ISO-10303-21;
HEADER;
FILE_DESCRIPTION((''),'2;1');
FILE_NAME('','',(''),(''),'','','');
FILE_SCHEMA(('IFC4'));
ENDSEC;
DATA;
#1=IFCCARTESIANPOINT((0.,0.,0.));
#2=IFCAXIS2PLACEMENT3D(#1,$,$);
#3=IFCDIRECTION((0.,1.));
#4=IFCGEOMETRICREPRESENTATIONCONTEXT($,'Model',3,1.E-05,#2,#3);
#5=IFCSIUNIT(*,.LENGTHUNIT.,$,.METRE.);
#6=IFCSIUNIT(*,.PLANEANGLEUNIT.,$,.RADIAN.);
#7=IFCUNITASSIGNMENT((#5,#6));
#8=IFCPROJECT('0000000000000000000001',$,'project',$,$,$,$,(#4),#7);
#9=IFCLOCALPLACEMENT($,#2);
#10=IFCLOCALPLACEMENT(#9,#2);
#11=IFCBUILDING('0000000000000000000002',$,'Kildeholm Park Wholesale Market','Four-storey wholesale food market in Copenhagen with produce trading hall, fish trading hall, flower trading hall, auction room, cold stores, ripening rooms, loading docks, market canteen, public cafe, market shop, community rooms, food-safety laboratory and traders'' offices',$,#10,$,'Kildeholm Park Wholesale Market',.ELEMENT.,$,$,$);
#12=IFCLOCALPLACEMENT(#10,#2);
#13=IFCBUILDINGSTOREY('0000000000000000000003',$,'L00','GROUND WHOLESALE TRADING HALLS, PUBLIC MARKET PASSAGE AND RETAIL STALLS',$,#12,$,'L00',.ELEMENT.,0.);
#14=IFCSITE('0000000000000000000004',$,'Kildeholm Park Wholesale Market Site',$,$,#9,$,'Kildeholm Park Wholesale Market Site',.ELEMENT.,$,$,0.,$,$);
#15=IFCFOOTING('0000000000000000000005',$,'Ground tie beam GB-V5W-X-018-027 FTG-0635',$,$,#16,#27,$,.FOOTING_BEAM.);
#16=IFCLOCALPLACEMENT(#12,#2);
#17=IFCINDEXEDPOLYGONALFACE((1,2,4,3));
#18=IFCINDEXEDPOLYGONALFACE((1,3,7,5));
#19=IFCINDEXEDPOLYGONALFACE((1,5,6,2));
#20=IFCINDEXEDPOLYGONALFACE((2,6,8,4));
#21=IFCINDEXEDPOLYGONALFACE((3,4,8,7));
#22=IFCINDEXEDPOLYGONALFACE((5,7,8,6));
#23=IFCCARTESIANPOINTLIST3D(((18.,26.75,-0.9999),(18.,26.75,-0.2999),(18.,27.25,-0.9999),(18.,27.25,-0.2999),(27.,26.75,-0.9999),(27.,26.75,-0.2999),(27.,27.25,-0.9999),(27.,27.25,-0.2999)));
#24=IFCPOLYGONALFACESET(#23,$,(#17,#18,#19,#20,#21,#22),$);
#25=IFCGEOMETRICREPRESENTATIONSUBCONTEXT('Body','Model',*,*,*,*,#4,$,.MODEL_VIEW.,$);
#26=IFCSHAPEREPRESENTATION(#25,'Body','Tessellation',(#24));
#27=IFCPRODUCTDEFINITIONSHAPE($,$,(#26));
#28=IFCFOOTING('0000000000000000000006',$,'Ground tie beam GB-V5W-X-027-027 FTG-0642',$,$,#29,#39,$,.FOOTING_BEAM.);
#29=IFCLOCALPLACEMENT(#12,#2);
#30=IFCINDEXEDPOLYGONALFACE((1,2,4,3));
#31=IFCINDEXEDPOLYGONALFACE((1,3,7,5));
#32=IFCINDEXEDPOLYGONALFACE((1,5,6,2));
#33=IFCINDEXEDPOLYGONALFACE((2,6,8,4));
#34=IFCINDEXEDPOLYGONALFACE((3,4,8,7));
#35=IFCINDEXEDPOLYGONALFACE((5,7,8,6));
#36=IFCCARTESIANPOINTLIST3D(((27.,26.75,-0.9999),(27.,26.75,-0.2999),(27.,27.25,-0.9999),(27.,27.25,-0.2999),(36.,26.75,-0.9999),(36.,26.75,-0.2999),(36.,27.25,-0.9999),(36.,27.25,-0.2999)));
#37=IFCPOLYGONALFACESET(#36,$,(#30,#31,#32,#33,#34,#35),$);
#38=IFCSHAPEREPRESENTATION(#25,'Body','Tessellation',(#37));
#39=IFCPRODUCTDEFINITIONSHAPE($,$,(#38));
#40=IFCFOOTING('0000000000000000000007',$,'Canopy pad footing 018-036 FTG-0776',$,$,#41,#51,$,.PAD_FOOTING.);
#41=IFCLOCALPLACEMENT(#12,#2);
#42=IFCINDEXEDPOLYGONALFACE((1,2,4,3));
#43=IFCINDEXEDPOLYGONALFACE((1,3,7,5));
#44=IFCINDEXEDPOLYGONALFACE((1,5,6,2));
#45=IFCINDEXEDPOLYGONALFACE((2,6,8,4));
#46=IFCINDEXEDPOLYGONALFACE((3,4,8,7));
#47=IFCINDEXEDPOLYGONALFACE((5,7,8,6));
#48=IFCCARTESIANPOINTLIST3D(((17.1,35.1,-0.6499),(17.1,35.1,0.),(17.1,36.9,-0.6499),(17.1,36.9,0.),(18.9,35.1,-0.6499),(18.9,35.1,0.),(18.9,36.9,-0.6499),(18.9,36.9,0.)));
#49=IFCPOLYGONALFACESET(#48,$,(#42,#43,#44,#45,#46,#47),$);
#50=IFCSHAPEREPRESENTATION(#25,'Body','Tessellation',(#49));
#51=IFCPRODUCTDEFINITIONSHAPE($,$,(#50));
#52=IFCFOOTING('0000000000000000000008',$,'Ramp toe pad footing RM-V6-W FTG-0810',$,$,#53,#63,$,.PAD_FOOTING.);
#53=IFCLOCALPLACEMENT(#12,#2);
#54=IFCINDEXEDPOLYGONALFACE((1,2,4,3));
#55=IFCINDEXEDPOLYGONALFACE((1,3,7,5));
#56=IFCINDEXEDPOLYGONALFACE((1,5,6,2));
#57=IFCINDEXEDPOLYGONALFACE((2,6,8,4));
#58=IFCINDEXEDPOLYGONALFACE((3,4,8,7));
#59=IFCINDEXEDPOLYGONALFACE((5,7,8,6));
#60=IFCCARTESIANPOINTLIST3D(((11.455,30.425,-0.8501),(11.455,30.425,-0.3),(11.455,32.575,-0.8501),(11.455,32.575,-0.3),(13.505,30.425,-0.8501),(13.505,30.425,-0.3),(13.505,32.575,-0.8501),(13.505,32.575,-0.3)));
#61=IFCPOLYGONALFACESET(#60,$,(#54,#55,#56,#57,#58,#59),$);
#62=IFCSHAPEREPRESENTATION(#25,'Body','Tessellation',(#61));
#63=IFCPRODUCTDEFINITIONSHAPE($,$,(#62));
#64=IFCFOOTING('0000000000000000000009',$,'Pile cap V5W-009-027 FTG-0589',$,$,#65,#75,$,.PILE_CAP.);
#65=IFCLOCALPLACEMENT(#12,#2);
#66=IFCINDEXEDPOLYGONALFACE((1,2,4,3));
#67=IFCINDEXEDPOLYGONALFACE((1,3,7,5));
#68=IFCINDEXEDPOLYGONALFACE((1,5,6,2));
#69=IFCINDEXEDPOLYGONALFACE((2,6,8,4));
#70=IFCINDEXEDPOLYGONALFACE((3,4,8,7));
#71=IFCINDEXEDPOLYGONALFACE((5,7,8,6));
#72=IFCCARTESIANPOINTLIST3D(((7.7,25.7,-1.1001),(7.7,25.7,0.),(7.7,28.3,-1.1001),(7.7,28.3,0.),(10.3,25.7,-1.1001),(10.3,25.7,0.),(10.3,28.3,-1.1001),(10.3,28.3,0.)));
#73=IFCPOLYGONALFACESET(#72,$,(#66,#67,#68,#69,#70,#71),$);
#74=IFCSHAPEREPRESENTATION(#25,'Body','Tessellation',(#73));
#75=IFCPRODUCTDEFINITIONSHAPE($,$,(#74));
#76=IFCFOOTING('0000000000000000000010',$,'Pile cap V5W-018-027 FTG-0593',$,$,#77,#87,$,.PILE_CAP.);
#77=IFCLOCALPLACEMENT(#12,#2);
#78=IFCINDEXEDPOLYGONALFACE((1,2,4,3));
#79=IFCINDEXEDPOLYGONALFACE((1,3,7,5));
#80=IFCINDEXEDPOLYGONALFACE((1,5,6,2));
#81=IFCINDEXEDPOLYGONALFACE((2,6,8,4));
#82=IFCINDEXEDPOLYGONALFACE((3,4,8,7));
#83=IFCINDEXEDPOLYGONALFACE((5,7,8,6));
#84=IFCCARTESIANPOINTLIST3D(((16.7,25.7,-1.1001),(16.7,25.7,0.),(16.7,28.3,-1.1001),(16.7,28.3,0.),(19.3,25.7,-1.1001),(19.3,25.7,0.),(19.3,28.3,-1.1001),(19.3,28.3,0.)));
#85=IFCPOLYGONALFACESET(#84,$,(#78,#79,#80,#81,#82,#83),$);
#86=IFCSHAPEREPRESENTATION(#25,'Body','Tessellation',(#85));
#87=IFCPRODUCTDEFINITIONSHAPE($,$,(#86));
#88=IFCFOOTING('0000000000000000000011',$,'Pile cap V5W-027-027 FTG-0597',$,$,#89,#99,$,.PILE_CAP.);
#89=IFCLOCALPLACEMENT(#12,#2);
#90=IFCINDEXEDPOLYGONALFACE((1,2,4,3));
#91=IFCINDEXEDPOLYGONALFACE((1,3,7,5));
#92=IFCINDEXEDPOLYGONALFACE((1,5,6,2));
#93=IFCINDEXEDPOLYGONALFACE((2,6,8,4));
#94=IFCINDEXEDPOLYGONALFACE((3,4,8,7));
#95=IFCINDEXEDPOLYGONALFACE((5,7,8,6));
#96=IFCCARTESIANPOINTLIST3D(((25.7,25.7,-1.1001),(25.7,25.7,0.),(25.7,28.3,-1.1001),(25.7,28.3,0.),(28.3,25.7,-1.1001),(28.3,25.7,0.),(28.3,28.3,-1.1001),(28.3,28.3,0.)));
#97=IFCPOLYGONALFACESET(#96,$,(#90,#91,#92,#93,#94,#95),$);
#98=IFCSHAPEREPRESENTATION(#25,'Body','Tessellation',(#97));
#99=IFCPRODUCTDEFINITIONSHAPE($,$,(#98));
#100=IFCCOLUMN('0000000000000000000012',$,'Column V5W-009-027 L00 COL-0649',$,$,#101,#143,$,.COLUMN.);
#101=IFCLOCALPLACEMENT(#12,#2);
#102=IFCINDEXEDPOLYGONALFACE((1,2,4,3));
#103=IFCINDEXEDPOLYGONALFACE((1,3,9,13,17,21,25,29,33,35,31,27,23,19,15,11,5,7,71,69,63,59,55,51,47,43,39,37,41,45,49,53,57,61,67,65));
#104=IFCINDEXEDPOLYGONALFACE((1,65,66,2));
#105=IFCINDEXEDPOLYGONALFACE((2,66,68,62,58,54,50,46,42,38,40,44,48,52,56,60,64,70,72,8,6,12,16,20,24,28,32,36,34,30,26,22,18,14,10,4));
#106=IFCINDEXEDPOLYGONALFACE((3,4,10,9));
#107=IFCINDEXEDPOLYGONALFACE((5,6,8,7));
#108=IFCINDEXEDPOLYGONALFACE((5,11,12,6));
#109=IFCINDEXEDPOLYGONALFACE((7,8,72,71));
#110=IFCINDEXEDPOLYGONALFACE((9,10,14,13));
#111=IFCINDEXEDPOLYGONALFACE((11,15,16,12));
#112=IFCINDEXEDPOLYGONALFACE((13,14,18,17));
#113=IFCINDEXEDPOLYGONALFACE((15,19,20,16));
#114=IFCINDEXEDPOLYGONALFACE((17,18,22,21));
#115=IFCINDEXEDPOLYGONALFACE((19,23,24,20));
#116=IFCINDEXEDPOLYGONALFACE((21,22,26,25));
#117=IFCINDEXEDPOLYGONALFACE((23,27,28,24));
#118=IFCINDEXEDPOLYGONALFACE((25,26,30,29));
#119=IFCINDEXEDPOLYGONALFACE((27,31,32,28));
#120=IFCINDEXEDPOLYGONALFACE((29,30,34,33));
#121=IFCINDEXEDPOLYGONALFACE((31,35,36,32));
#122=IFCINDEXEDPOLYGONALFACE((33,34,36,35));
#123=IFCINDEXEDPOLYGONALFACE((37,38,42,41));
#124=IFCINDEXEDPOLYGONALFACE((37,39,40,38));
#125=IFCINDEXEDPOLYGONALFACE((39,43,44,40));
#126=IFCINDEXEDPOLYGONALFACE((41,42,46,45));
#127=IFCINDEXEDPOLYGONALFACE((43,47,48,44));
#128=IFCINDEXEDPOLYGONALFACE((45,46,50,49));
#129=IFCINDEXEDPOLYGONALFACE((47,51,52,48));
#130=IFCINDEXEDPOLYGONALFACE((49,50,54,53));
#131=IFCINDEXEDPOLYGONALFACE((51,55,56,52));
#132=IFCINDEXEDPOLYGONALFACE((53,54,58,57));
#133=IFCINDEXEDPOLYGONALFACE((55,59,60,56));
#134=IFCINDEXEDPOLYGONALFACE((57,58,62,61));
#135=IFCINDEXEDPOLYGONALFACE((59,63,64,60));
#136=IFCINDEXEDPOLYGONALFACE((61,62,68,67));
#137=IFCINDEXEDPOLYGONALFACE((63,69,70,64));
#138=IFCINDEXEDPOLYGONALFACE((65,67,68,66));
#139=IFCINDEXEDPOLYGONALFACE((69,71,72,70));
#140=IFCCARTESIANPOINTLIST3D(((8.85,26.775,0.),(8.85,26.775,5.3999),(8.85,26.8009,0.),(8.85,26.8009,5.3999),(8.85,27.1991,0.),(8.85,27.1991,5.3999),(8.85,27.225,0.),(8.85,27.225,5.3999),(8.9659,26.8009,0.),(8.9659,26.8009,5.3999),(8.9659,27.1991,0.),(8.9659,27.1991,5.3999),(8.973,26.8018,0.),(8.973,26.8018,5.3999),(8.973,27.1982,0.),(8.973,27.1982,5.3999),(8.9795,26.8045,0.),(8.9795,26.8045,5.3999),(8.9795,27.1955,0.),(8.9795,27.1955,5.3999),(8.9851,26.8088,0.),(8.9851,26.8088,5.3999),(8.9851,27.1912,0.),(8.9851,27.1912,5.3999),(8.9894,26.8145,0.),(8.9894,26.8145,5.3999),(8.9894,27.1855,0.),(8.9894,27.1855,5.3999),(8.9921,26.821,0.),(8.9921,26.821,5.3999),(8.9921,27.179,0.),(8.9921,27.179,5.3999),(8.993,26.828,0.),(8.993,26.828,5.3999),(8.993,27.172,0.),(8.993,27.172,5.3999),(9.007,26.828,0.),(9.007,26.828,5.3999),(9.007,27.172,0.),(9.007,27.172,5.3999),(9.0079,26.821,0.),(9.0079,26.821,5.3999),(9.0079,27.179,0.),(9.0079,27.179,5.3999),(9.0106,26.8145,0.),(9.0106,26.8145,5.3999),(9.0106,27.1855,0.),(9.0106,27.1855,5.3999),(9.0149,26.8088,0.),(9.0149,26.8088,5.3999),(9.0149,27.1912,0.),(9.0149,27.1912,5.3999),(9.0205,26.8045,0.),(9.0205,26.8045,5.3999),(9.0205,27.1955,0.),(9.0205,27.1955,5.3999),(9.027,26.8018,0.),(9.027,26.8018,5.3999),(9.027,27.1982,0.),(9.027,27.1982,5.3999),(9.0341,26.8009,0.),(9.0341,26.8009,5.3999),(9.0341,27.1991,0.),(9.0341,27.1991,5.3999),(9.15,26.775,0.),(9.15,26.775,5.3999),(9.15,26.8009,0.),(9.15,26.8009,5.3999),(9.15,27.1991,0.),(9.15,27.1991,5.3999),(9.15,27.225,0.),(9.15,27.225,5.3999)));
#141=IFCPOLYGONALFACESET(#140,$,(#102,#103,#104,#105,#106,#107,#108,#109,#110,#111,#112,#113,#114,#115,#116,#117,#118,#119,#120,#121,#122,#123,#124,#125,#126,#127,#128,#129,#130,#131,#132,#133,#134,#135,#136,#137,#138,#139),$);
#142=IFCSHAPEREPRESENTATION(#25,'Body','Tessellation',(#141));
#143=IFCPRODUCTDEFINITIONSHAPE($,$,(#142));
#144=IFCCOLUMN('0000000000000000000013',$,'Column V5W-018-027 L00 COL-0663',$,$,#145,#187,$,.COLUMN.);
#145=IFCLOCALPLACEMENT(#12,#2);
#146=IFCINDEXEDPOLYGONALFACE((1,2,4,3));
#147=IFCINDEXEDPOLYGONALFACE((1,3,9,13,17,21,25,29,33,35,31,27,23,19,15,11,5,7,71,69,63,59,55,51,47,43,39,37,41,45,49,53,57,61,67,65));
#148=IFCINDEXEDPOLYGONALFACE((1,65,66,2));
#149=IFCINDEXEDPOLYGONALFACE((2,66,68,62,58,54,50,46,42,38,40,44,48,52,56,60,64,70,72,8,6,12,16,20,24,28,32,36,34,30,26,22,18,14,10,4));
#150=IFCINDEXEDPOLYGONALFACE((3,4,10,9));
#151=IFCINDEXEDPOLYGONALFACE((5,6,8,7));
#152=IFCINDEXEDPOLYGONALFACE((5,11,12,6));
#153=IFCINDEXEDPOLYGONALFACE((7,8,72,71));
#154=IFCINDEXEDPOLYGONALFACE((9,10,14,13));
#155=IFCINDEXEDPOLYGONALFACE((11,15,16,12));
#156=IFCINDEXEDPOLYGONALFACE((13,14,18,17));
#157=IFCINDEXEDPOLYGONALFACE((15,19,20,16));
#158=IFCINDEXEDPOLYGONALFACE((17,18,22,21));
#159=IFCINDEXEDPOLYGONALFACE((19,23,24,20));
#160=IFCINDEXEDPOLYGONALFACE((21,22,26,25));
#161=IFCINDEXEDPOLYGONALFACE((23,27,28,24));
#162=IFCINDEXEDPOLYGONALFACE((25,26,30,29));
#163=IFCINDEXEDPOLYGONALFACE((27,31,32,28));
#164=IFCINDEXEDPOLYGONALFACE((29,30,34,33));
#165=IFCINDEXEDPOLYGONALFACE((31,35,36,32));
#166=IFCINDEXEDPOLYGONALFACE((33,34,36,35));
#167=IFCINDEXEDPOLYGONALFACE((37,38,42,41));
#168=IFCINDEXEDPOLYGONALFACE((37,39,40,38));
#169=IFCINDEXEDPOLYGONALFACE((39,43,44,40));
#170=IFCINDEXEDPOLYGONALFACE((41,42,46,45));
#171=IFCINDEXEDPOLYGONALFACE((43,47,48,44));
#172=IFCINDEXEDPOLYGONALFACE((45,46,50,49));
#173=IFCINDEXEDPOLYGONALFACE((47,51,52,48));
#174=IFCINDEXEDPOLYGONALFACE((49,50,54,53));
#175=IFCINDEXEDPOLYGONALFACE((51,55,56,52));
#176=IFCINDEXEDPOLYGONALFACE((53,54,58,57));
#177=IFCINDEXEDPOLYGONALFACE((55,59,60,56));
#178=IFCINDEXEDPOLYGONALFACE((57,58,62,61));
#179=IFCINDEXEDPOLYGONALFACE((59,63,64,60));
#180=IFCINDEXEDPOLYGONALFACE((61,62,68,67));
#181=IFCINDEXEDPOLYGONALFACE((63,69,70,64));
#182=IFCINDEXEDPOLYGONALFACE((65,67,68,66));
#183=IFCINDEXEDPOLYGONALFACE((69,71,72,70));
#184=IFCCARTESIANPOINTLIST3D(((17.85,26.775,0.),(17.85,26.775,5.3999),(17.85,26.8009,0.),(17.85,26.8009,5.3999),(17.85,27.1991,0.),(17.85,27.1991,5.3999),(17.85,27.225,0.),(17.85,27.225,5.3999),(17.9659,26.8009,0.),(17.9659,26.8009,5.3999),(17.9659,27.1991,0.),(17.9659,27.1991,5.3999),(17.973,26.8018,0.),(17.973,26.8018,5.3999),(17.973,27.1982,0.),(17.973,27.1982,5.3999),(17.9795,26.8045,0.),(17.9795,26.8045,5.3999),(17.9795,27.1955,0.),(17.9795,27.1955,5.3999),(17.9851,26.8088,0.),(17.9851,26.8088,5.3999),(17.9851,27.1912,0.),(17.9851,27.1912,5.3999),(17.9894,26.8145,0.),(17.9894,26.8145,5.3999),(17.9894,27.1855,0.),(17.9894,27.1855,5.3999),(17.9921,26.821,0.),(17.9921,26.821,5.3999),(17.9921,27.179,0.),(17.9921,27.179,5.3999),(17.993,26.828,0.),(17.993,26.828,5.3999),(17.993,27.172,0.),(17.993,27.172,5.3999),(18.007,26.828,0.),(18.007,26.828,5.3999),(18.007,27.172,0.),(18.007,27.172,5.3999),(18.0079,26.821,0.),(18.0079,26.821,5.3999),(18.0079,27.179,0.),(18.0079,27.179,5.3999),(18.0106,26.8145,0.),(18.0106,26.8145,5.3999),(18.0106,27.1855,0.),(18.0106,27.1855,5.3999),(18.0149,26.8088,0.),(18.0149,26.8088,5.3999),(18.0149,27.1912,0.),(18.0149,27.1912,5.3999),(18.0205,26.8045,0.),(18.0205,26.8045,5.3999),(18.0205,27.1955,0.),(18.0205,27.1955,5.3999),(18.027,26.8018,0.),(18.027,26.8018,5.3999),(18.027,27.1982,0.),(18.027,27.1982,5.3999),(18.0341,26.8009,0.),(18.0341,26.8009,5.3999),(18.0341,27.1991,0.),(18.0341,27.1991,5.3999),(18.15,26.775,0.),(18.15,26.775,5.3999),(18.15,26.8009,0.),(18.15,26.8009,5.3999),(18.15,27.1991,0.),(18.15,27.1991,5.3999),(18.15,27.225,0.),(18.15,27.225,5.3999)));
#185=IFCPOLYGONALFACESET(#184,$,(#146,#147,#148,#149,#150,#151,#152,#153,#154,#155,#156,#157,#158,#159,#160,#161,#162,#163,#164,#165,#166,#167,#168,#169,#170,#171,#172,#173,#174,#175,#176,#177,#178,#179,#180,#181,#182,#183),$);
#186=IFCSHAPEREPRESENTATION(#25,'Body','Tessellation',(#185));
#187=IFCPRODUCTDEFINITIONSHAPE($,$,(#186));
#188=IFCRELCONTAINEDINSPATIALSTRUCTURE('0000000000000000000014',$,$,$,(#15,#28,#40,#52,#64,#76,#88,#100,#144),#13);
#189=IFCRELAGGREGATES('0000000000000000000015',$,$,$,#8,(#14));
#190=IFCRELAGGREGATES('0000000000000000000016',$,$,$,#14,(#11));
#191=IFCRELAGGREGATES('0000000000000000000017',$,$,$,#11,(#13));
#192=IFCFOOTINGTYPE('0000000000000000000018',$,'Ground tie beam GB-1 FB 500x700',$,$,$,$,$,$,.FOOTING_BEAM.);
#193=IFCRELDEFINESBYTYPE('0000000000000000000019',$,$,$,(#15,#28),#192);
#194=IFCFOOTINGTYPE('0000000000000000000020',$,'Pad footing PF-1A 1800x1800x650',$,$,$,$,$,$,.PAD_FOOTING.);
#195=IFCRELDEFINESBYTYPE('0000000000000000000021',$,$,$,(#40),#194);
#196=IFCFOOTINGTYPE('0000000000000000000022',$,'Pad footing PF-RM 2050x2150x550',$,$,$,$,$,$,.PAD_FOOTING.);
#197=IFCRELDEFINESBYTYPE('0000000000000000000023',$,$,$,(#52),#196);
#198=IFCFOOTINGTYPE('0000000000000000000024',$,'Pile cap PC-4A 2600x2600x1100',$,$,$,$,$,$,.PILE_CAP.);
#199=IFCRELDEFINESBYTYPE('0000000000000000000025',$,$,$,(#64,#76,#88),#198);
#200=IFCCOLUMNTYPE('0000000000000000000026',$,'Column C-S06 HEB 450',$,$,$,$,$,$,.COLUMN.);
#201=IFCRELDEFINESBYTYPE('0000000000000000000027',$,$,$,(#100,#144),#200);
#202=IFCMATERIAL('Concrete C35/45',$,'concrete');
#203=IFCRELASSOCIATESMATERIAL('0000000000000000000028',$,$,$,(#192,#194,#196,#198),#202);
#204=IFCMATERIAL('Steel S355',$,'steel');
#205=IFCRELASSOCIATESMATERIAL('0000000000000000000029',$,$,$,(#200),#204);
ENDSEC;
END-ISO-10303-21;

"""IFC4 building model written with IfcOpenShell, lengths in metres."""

from ifc_helpers import new_model, si_unit, direction, frame, origin, origin_2d, place, context, subcontext, project, spatial, rectangle, i_section, extrude, material, material_profile, profile_set, type_object, element, save


model = new_model("IFC4")

# Units and contexts
model_context = context("Model", 3, precision=1e-05, world=origin(), true_north=direction((0.0, 1.0)))
body_context = subcontext(model_context, "Body", "Model", "MODEL_VIEW")
ifc_project = project(units=[si_unit("LENGTHUNIT", "METRE"), si_unit("PLANEANGLEUNIT", "RADIAN")], contexts=[model_context])

# Site, building, storey
site_placement = place(None, origin())
site = spatial("IfcSite", under=ifc_project, at=site_placement, Name="Kildeholm Park Wholesale Market Site", LongName="Kildeholm Park Wholesale Market Site", CompositionType="ELEMENT", RefElevation=0.0)
building_placement = place(site_placement, origin())
building = spatial("IfcBuilding", under=site, at=building_placement, Name="Kildeholm Park Wholesale Market", Description="Four-storey wholesale food market in Copenhagen with produce trading hall, fish trading hall, flower trading hall, auction room, cold stores, ripening rooms, loading docks, market canteen, public cafe, market shop, community rooms, food-safety laboratory and traders' offices", LongName="Kildeholm Park Wholesale Market", CompositionType="ELEMENT")
storey_placement = place(building_placement, origin())
storey = spatial("IfcBuildingStorey", under=building, at=storey_placement, Name="L00", Description="GROUND WHOLESALE TRADING HALLS, PUBLIC MARKET PASSAGE AND RETAIL STALLS", LongName="L00", CompositionType="ELEMENT", Elevation=0.0)

# Shared definitions
ifc_material_1 = material(Name="Concrete C35/45", Category="concrete")

# Footings
ifc_material_profile_1 = material_profile(ifc_material_1, rectangle(XDim=0.5, YDim=0.7, at=origin_2d()), Name="FB 500x700")
ifc_profile_set_1 = profile_set([ifc_material_profile_1], Name="Concrete C35/45")
footing_type_1 = type_object("IfcFootingType", Name="Ground tie beam GB-1 FB 500x700", PredefinedType="FOOTING_BEAM", material=ifc_profile_set_1)
for number, where, z_axis, x_axis, name in (
    (1, (18.0, 27.0, -0.6499), (1.0, 0.0, 0.0), (0.0, 1.0, 0.0), "Ground tie beam GB-V5W-X-018-027 FTG-0635"),
    (2, (27.0, 27.0, -0.6499), (1.0, 0.0, 0.0), (0.0, 1.0, 0.0), "Ground tie beam GB-V5W-X-027-027 FTG-0642"),
):
    element("IfcFooting", number, at=place(storey_placement, frame(where, z_axis=z_axis, x_axis=x_axis)), inside=storey, type_object=footing_type_1, Name=name, PredefinedType="FOOTING_BEAM", context=body_context, shape_type="SweptSolid", body=[
        extrude(rectangle(XDim=0.5, YDim=0.7, at=origin_2d()), origin(), (0.0, 0.0, 1.0), 9.0),
    ])
footing_type_2 = type_object("IfcFootingType", Name="Pad footing PF-1A 1800x1800x650", PredefinedType="PAD_FOOTING", material=ifc_material_1)
footing_1_placement = place(storey_placement, frame((18.0, 36.0, -0.6499), z_axis=(0.0, 0.0, 1.0), x_axis=(1.0, 0.0, 0.0)))
element("IfcFooting", 3, at=footing_1_placement, inside=storey, type_object=footing_type_2, Name="Canopy pad footing 018-036 FTG-0776", PredefinedType="PAD_FOOTING", context=body_context, shape_type="SweptSolid", body=[
    extrude(rectangle(XDim=1.8, YDim=1.8, at=origin_2d()), origin(), (0.0, 0.0, 1.0), 0.6499),
])
footing_type_3 = type_object("IfcFootingType", Name="Pad footing PF-RM 2050x2150x550", PredefinedType="PAD_FOOTING", material=ifc_material_1)
footing_2_placement = place(storey_placement, frame((12.48, 31.5, -0.8501), z_axis=(0.0, 0.0, 1.0), x_axis=(1.0, 0.0, 0.0)))
element("IfcFooting", 4, at=footing_2_placement, inside=storey, type_object=footing_type_3, Name="Ramp toe pad footing RM-V6-W FTG-0810", PredefinedType="PAD_FOOTING", context=body_context, shape_type="SweptSolid", body=[
    extrude(rectangle(XDim=2.05, YDim=2.1499, at=origin_2d()), origin(), (0.0, 0.0, 1.0), 0.55),
])
footing_type_4 = type_object("IfcFootingType", Name="Pile cap PC-4A 2600x2600x1100", PredefinedType="PILE_CAP", material=ifc_material_1)
for number, where, z_axis, x_axis, name in (
    (5, (9.0, 27.0, -1.1001), (0.0, 0.0, 1.0), (1.0, 0.0, 0.0), "Pile cap V5W-009-027 FTG-0589"),
    (6, (18.0, 27.0, -1.1001), (0.0, 0.0, 1.0), (1.0, 0.0, 0.0), "Pile cap V5W-018-027 FTG-0593"),
    (7, (27.0, 27.0, -1.1001), (0.0, 0.0, 1.0), (1.0, 0.0, 0.0), "Pile cap V5W-027-027 FTG-0597"),
):
    element("IfcFooting", number, at=place(storey_placement, frame(where, z_axis=z_axis, x_axis=x_axis)), inside=storey, type_object=footing_type_4, Name=name, PredefinedType="PILE_CAP", context=body_context, shape_type="SweptSolid", body=[
        extrude(rectangle(XDim=2.6001, YDim=2.6001, at=origin_2d()), origin(), (0.0, 0.0, 1.0), 1.1001),
    ])

# Columns
ifc_material_2 = material(Name="Steel S355", Category="steel")
ifc_material_profile_2 = material_profile(ifc_material_2, i_section(OverallWidth=0.3, OverallDepth=0.45, WebThickness=0.0139, FlangeThickness=0.0259, FilletRadius=0.0271, at=origin_2d()), Name="HEB 450")
ifc_profile_set_2 = profile_set([ifc_material_profile_2], Name="Steel S355")
column_type_1 = type_object("IfcColumnType", Name="Column C-S06 HEB 450", PredefinedType="COLUMN", material=ifc_profile_set_2)
for number, where, z_axis, x_axis, name in (
    (8, (9.0, 27.0, 0.0), (0.0, 0.0, 1.0), (1.0, 0.0, 0.0), "Column V5W-009-027 L00 COL-0649"),
    (9, (18.0, 27.0, 0.0), (0.0, 0.0, 1.0), (1.0, 0.0, 0.0), "Column V5W-018-027 L00 COL-0663"),
):
    element("IfcColumn", number, at=place(storey_placement, frame(where, z_axis=z_axis, x_axis=x_axis)), inside=storey, type_object=column_type_1, Name=name, PredefinedType="COLUMN", context=body_context, shape_type="SweptSolid", body=[
        extrude(i_section(OverallWidth=0.3, OverallDepth=0.45, WebThickness=0.0139, FlangeThickness=0.0259, FilletRadius=0.0271, at=origin_2d()), origin(), (0.0, 0.0, 1.0), 5.3999),
    ])

save(model, "model.ifc")
